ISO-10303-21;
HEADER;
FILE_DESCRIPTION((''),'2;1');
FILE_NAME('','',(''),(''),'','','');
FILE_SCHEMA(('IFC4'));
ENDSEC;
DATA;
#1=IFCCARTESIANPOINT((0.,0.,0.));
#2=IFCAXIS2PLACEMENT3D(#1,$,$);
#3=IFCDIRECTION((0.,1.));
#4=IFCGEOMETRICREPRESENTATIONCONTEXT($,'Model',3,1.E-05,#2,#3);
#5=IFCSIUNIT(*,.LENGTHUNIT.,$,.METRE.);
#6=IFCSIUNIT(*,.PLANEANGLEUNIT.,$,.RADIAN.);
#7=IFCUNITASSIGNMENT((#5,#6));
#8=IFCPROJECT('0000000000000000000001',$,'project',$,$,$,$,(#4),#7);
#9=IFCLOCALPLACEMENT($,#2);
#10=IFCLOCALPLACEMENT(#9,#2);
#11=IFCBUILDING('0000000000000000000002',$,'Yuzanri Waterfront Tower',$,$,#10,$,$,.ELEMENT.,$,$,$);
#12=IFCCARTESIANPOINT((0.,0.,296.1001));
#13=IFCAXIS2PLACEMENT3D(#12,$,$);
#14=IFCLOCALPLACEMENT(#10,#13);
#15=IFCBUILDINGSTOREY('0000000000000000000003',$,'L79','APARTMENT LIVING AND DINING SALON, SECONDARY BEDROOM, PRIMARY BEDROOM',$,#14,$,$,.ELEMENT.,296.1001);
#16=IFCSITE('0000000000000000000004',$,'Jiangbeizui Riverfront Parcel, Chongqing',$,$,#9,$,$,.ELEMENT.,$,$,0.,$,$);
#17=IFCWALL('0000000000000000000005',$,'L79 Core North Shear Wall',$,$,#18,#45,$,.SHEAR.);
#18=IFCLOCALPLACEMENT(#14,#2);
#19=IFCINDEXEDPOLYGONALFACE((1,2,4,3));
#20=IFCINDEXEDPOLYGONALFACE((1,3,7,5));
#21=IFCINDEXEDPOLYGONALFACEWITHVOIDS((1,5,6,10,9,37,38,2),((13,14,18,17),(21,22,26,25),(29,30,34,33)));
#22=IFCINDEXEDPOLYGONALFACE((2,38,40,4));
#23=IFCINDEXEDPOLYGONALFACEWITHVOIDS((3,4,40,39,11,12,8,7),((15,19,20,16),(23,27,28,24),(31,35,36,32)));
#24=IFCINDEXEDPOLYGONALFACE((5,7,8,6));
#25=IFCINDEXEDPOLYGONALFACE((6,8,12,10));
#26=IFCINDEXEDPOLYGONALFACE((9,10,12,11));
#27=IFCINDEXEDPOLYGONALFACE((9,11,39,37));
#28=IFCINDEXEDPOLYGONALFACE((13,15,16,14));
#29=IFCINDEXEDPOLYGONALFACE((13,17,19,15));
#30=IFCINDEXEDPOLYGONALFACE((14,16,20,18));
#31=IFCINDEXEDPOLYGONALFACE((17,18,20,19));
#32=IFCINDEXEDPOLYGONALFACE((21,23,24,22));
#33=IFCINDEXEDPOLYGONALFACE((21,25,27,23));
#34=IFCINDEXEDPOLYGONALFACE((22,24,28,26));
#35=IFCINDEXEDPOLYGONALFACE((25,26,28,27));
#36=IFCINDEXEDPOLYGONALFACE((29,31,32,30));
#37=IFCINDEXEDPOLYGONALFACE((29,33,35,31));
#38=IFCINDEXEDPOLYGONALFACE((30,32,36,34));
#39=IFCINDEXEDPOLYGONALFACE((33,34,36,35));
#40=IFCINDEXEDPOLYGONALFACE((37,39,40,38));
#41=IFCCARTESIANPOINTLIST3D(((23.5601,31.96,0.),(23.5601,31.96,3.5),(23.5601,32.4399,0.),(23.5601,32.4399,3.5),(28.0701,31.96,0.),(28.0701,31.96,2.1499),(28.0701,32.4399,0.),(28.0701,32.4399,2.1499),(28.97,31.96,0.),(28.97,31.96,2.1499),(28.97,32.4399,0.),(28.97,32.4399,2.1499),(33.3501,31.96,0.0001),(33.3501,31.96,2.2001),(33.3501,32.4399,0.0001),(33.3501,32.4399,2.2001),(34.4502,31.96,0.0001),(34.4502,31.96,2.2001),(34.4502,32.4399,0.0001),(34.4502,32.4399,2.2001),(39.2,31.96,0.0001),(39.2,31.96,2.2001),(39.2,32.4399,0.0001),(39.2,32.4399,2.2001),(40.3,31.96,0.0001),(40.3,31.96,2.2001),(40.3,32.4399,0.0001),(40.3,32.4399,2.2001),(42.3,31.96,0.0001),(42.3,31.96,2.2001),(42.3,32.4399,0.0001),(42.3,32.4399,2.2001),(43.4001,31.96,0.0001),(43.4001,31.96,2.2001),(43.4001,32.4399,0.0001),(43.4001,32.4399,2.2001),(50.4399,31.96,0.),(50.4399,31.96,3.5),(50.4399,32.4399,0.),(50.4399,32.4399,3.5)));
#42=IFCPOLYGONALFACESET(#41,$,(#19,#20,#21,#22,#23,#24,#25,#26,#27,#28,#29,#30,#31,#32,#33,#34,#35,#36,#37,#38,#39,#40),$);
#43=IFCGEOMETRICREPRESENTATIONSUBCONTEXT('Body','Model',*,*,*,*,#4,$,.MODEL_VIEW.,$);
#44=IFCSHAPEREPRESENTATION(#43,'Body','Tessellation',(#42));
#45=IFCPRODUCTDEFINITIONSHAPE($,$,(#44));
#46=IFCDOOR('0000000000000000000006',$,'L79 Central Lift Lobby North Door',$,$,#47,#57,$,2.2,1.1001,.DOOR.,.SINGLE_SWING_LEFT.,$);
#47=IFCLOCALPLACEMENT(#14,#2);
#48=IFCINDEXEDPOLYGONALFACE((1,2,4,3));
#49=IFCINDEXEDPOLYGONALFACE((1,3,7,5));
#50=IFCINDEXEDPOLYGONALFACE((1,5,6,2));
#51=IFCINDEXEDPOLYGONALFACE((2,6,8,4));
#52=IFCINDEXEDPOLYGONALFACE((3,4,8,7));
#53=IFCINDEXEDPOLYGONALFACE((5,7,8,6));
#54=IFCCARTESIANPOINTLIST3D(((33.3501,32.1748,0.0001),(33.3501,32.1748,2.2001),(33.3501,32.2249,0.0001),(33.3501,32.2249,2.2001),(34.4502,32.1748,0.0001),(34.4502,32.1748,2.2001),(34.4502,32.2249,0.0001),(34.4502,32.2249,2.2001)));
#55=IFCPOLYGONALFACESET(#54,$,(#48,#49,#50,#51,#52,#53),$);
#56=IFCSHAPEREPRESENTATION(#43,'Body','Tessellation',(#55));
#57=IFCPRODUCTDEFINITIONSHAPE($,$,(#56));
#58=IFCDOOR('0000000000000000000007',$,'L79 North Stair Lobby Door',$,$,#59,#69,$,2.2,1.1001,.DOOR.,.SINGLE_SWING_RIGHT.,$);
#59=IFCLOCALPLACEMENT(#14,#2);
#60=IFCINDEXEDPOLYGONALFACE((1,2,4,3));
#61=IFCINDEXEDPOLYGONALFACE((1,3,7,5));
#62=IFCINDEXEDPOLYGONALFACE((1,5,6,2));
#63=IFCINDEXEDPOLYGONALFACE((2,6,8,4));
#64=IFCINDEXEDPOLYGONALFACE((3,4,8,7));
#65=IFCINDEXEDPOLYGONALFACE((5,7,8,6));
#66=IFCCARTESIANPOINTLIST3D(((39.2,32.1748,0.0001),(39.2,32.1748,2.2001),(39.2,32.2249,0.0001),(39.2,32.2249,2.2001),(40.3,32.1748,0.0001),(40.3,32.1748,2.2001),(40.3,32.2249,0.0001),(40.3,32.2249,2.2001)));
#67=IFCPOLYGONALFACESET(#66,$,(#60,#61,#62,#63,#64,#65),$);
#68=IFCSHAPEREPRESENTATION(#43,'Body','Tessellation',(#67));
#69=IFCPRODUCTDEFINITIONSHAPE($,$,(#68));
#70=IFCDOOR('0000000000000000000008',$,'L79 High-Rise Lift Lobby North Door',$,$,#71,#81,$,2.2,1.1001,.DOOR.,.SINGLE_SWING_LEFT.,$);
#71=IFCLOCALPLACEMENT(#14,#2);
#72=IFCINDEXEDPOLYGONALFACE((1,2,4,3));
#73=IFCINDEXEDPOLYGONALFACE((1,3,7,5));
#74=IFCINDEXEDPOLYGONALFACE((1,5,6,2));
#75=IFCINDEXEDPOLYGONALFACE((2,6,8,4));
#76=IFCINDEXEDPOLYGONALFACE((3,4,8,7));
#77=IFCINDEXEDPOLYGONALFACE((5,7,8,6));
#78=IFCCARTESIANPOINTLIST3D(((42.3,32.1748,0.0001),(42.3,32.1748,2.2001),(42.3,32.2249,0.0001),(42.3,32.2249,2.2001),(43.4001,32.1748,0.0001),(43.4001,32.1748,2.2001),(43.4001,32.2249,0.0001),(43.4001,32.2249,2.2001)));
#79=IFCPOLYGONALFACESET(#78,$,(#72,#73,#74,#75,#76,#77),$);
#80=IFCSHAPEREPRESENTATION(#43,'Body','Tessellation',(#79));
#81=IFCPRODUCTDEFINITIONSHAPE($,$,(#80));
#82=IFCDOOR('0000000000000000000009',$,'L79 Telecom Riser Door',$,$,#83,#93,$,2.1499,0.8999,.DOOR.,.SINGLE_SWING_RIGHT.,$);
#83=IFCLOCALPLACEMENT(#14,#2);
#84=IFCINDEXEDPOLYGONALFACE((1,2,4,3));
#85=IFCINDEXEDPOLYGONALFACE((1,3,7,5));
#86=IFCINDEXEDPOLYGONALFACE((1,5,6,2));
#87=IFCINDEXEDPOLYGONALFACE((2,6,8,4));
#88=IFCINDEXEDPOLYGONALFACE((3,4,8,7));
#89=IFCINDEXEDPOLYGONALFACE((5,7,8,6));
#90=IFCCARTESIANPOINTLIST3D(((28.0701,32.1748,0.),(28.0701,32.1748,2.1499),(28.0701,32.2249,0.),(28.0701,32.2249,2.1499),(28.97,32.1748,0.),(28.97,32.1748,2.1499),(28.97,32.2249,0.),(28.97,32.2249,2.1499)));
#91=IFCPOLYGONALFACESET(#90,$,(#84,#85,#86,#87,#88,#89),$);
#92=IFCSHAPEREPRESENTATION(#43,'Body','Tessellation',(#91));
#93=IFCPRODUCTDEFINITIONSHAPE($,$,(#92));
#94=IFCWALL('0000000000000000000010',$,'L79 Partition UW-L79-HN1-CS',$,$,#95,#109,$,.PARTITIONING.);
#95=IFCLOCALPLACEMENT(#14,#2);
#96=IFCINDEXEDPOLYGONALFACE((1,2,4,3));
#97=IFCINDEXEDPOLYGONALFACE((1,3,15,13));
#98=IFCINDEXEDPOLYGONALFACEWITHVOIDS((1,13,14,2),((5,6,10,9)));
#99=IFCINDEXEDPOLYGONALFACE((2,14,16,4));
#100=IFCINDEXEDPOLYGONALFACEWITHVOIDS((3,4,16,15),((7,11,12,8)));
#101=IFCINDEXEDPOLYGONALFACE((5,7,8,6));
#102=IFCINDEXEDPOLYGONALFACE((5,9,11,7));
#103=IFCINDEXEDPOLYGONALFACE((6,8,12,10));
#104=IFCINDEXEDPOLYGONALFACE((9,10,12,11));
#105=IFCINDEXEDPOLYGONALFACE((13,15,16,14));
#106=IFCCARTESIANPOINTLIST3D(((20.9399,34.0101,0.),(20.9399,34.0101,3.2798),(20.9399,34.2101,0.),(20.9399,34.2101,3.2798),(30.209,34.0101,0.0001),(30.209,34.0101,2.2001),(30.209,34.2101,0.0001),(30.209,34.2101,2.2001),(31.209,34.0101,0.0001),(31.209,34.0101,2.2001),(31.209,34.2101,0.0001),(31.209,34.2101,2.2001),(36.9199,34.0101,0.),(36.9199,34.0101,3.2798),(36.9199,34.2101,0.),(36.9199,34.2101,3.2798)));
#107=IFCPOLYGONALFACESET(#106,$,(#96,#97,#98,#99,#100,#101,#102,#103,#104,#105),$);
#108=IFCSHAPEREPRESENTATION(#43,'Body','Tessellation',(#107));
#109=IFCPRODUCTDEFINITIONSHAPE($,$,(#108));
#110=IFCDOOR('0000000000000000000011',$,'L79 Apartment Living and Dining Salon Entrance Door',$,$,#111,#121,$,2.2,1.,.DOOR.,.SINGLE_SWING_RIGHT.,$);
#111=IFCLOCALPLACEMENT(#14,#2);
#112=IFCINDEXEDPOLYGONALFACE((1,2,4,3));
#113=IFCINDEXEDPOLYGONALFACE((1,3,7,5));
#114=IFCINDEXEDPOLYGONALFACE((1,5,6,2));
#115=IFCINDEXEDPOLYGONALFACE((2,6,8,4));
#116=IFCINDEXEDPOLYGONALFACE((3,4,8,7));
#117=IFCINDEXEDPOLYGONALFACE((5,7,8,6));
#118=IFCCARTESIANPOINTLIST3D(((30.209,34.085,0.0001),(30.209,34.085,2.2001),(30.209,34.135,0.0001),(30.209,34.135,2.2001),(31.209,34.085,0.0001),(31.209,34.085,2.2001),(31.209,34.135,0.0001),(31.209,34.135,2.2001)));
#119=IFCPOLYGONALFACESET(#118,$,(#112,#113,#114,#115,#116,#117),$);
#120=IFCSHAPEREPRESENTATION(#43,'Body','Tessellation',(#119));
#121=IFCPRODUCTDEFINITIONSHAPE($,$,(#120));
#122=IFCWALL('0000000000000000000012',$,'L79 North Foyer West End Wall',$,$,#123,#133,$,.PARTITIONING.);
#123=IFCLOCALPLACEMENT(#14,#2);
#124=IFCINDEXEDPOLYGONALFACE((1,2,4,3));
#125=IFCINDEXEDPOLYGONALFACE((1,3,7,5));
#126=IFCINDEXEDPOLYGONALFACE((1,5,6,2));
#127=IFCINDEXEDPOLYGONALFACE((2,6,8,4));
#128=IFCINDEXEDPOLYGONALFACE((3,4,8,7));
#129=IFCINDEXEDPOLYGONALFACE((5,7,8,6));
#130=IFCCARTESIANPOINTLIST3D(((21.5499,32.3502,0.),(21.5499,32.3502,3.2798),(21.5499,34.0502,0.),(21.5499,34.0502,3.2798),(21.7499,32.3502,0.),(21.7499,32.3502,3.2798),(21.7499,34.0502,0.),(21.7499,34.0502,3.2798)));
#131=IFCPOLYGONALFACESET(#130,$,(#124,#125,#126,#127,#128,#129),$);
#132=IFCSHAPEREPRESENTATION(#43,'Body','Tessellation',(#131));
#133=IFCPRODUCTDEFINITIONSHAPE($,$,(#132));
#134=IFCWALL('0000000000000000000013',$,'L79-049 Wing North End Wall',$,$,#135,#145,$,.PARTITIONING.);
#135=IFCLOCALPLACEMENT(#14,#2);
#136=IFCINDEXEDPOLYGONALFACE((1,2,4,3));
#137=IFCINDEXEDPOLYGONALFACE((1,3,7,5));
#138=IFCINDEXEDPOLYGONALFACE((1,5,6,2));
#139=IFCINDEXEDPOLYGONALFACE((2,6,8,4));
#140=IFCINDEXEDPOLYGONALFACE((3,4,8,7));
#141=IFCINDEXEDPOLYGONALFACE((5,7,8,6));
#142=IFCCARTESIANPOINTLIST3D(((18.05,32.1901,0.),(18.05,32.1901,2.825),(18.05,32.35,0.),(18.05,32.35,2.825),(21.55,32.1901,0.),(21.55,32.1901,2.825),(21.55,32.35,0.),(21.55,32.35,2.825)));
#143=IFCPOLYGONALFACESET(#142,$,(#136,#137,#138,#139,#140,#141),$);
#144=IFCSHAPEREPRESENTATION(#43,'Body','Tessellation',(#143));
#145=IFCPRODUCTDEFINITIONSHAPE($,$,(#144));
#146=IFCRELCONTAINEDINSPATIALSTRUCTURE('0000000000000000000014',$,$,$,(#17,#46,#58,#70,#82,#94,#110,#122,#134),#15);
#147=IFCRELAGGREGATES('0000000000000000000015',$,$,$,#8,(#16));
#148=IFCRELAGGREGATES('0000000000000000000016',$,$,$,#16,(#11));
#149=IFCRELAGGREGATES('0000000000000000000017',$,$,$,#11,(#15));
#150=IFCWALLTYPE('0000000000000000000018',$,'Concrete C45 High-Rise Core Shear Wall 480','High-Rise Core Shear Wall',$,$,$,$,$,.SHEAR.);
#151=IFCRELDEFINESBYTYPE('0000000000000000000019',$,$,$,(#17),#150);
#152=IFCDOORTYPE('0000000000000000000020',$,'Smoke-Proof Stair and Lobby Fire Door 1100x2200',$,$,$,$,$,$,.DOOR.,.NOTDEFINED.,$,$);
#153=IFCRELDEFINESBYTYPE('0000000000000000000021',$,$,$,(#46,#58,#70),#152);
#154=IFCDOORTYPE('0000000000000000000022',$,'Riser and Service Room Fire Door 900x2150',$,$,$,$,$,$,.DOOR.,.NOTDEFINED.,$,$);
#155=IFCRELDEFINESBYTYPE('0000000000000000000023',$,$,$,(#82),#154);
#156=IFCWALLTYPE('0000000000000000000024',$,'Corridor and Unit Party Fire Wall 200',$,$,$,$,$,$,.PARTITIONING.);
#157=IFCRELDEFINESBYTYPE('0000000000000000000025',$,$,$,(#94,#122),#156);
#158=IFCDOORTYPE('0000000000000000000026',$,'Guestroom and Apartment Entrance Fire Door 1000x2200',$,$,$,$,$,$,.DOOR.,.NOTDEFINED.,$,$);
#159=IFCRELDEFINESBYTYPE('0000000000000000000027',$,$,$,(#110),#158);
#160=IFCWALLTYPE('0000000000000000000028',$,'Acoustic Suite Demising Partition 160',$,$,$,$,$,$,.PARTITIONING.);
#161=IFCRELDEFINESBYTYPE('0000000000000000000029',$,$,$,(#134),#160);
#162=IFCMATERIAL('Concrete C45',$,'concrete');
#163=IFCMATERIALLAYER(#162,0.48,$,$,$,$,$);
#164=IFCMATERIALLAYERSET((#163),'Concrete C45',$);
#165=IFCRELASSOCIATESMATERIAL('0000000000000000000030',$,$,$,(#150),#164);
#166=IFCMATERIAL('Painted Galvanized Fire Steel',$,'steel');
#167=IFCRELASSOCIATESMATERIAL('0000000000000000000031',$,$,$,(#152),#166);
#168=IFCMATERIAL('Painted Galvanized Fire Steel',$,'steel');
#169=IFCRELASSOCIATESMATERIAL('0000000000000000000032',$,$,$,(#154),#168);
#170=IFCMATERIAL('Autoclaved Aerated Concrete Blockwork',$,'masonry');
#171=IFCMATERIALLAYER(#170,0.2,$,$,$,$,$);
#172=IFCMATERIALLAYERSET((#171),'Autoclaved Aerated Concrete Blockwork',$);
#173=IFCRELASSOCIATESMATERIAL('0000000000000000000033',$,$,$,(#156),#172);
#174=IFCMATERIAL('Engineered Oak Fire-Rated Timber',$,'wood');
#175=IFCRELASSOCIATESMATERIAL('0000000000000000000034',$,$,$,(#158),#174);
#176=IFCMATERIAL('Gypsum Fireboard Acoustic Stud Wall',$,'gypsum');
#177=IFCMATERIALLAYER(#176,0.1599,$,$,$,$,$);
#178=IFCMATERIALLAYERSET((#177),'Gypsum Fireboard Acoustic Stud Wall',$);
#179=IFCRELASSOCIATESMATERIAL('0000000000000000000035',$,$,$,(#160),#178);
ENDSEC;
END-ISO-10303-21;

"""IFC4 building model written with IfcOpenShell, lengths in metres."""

from ifc_helpers import new_model, si_unit, direction, frame, frame_2d, origin, place, context, subcontext, project, spatial, rectangle, extrude, source, transform, mapped, material, layer, layer_set, type_object, element, fill, save


model = new_model("IFC4")

# Units and contexts
model_context = context("Model", 3, precision=1e-05, world=origin(), true_north=direction((0.0, 1.0)))
body_context = subcontext(model_context, "Body", "Model", "MODEL_VIEW")
ifc_project = project(units=[si_unit("LENGTHUNIT", "METRE"), si_unit("PLANEANGLEUNIT", "RADIAN")], contexts=[model_context])

# Site, building, storey
site_placement = place(None, origin())
site = spatial("IfcSite", under=ifc_project, at=site_placement, Name="Jiangbeizui Riverfront Parcel, Chongqing", CompositionType="ELEMENT", RefElevation=0.0)
building_placement = place(site_placement, origin())
building = spatial("IfcBuilding", under=site, at=building_placement, Name="Yuzanri Waterfront Tower", CompositionType="ELEMENT")
storey_placement = place(building_placement, frame((0.0, 0.0, 296.1001)))
storey = spatial("IfcBuildingStorey", under=building, at=storey_placement, Name="L79", Description="APARTMENT LIVING AND DINING SALON, SECONDARY BEDROOM, PRIMARY BEDROOM", CompositionType="ELEMENT", Elevation=296.1001)

# Wall, openings, doors
ifc_material_1 = material(Name="Concrete C45", Category="concrete")
ifc_layer_1 = layer(ifc_material_1, 0.48)
ifc_layer_set_1 = layer_set([ifc_layer_1], Name="Concrete C45")
wall_type_1 = type_object("IfcWallType", Name="Concrete C45 High-Rise Core Shear Wall 480", Description="High-Rise Core Shear Wall", PredefinedType="SHEAR", material=ifc_layer_set_1)
wall_1_placement = place(storey_placement, frame((23.5601, 32.2, 0.0), z_axis=(0.0, 0.0, 1.0), x_axis=(1.0, 0.0, 0.0)))
wall_1 = element("IfcWall", 1, at=wall_1_placement, inside=storey, type_object=wall_type_1, Name="L79 Core North Shear Wall", PredefinedType="SHEAR", context=body_context, shape_type="SweptSolid", body=[
    extrude(rectangle(XDim=26.8799, YDim=0.48, at=frame_2d((13.4399, 0.0))), origin(), (0.0, 0.0, 1.0), 3.5),
])
opening_1_placement = place(wall_1_placement, frame((4.51, 0.0, 0.0)))
opening_1 = element("IfcOpeningElement", 2, at=opening_1_placement, cuts=wall_1, PredefinedType="OPENING", context=body_context, shape_type="SweptSolid", body=[
    extrude(rectangle(XDim=0.8999, YDim=2.1499, at=frame_2d((0.45, 1.075))), frame((0.0, 0.2549, 0.0), z_axis=(0.0, -1.0, 0.0), x_axis=(1.0, 0.0, 0.0)), (0.0, 0.0, 1.0), 0.5098),
])
opening_2_placement = place(wall_1_placement, frame((9.79, 0.0, 0.0)))
opening_2 = element("IfcOpeningElement", 3, at=opening_2_placement, cuts=wall_1, PredefinedType="OPENING", context=body_context, shape_type="SweptSolid", body=[
    extrude(rectangle(XDim=1.1001, YDim=2.2, at=frame_2d((0.55, 1.1001))), frame((0.0, 0.2549, 0.0), z_axis=(0.0, -1.0, 0.0), x_axis=(1.0, 0.0, 0.0)), (0.0, 0.0, 1.0), 0.5098),
])
opening_3_placement = place(wall_1_placement, frame((15.6399, 0.0, 0.0)))
opening_3 = element("IfcOpeningElement", 4, at=opening_3_placement, cuts=wall_1, PredefinedType="OPENING", context=body_context, shape_type="SweptSolid", body=[
    extrude(rectangle(XDim=1.1001, YDim=2.2, at=frame_2d((0.55, 1.1001))), frame((0.0, 0.2549, 0.0), z_axis=(0.0, -1.0, 0.0), x_axis=(1.0, 0.0, 0.0)), (0.0, 0.0, 1.0), 0.5098),
])
opening_4_placement = place(wall_1_placement, frame((18.74, 0.0, 0.0)))
opening_4 = element("IfcOpeningElement", 5, at=opening_4_placement, cuts=wall_1, PredefinedType="OPENING", context=body_context, shape_type="SweptSolid", body=[
    extrude(rectangle(XDim=1.1001, YDim=2.2, at=frame_2d((0.55, 1.1001))), frame((0.0, 0.2549, 0.0), z_axis=(0.0, -1.0, 0.0), x_axis=(1.0, 0.0, 0.0)), (0.0, 0.0, 1.0), 0.5098),
])
ifc_material_2 = material(Name="Painted Galvanized Fire Steel", Category="steel")
door_type_1 = type_object("IfcDoorType", Name="Smoke-Proof Stair and Lobby Fire Door 1100x2200", OperationType="NOTDEFINED", PredefinedType="DOOR", material=ifc_material_2)
shared_shape_1 = source(origin(), body_context, "Body", "SweptSolid", [
    extrude(rectangle(XDim=1.1001, YDim=2.2, at=frame_2d((0.55, 1.1001))), frame((0.0, 0.0249, 0.0), z_axis=(0.0, -1.0, 0.0), x_axis=(1.0, 0.0, 0.0)), (0.0, 0.0, 1.0), 0.05),
])
door_1_placement = place(opening_2_placement, origin())
door_1 = element("IfcDoor", 6, at=door_1_placement, inside=storey, type_object=door_type_1, Name="L79 Central Lift Lobby North Door", OperationType="SINGLE_SWING_LEFT", OverallHeight=2.2, OverallWidth=1.1001, PredefinedType="DOOR", context=body_context, shape_type="MappedRepresentation", body=[
    mapped(shared_shape_1, transform((0.0, 0.0, 0.0), scale=1.0)),
])
fill(opening_2, door_1)
door_2_placement = place(opening_3_placement, origin())
door_2 = element("IfcDoor", 7, at=door_2_placement, inside=storey, type_object=door_type_1, Name="L79 North Stair Lobby Door", OperationType="SINGLE_SWING_RIGHT", OverallHeight=2.2, OverallWidth=1.1001, PredefinedType="DOOR", context=body_context, shape_type="MappedRepresentation", body=[
    mapped(shared_shape_1, transform((0.0, 0.0, 0.0), scale=1.0)),
])
fill(opening_3, door_2)
door_3_placement = place(opening_4_placement, origin())
door_3 = element("IfcDoor", 8, at=door_3_placement, inside=storey, type_object=door_type_1, Name="L79 High-Rise Lift Lobby North Door", OperationType="SINGLE_SWING_LEFT", OverallHeight=2.2, OverallWidth=1.1001, PredefinedType="DOOR", context=body_context, shape_type="MappedRepresentation", body=[
    mapped(shared_shape_1, transform((0.0, 0.0, 0.0), scale=1.0)),
])
fill(opening_4, door_3)
ifc_material_3 = material(Name="Painted Galvanized Fire Steel", Category="steel")
door_type_2 = type_object("IfcDoorType", Name="Riser and Service Room Fire Door 900x2150", OperationType="NOTDEFINED", PredefinedType="DOOR", material=ifc_material_3)
shared_shape_2 = source(origin(), body_context, "Body", "SweptSolid", [
    extrude(rectangle(XDim=0.8999, YDim=2.1499, at=frame_2d((0.45, 1.075))), frame((0.0, 0.0249, 0.0), z_axis=(0.0, -1.0, 0.0), x_axis=(1.0, 0.0, 0.0)), (0.0, 0.0, 1.0), 0.05),
])
door_4_placement = place(opening_1_placement, origin())
door_4 = element("IfcDoor", 9, at=door_4_placement, inside=storey, type_object=door_type_2, Name="L79 Telecom Riser Door", OperationType="SINGLE_SWING_RIGHT", OverallHeight=2.1499, OverallWidth=0.8999, PredefinedType="DOOR", context=body_context, shape_type="MappedRepresentation", body=[
    mapped(shared_shape_2, transform((0.0, 0.0, 0.0), scale=1.0)),
])
fill(opening_1, door_4)

# Wall, opening, door
ifc_material_4 = material(Name="Autoclaved Aerated Concrete Blockwork", Category="masonry")
ifc_layer_2 = layer(ifc_material_4, 0.2)
ifc_layer_set_2 = layer_set([ifc_layer_2], Name="Autoclaved Aerated Concrete Blockwork")
wall_type_2 = type_object("IfcWallType", Name="Corridor and Unit Party Fire Wall 200", PredefinedType="PARTITIONING", material=ifc_layer_set_2)
wall_2_placement = place(storey_placement, frame((20.9399, 34.1101, 0.0), z_axis=(0.0, 0.0, 1.0), x_axis=(1.0, 0.0, 0.0)))
wall_2 = element("IfcWall", 10, at=wall_2_placement, inside=storey, type_object=wall_type_2, Name="L79 Partition UW-L79-HN1-CS", PredefinedType="PARTITIONING", context=body_context, shape_type="SweptSolid", body=[
    extrude(rectangle(XDim=15.98, YDim=0.2, at=frame_2d((7.99, 0.0))), origin(), (0.0, 0.0, 1.0), 3.2798),
])
opening_5_placement = place(wall_2_placement, frame((9.269, 0.0, 0.0)))
opening_5 = element("IfcOpeningElement", 11, at=opening_5_placement, cuts=wall_2, PredefinedType="OPENING", context=body_context, shape_type="SweptSolid", body=[
    extrude(rectangle(XDim=1.0, YDim=2.2, at=frame_2d((0.5, 1.1001))), frame((0.0, 0.1147, 0.0), z_axis=(0.0, -1.0, 0.0), x_axis=(1.0, 0.0, 0.0)), (0.0, 0.0, 1.0), 0.2297),
])
ifc_material_5 = material(Name="Engineered Oak Fire-Rated Timber", Category="wood")
door_type_3 = type_object("IfcDoorType", Name="Guestroom and Apartment Entrance Fire Door 1000x2200", OperationType="NOTDEFINED", PredefinedType="DOOR", material=ifc_material_5)
shared_shape_3 = source(origin(), body_context, "Body", "SweptSolid", [
    extrude(rectangle(XDim=1.0, YDim=2.2, at=frame_2d((0.5, 1.1001))), frame((0.0, 0.0249, 0.0), z_axis=(0.0, -1.0, 0.0), x_axis=(1.0, 0.0, 0.0)), (0.0, 0.0, 1.0), 0.05),
])
door_5_placement = place(opening_5_placement, origin())
door_5 = element("IfcDoor", 12, at=door_5_placement, inside=storey, type_object=door_type_3, Name="L79 Apartment Living and Dining Salon Entrance Door", OperationType="SINGLE_SWING_RIGHT", OverallHeight=2.2, OverallWidth=1.0, PredefinedType="DOOR", context=body_context, shape_type="MappedRepresentation", body=[
    mapped(shared_shape_3, transform((0.0, 0.0, 0.0), scale=1.0)),
])
fill(opening_5, door_5)

# Walls
shared_shape_4 = source(origin(), body_context, "Body", "SweptSolid", [
    extrude(rectangle(XDim=1.7, YDim=0.2, at=frame_2d((0.8501, 0.0))), origin(), (0.0, 0.0, 1.0), 3.2798),
])
wall_3_placement = place(storey_placement, frame((21.6499, 32.3501, 0.0), z_axis=(0.0, 0.0, 1.0), x_axis=(0.0, 1.0, 0.0)))
element("IfcWall", 13, at=wall_3_placement, inside=storey, type_object=wall_type_2, Name="L79 North Foyer West End Wall", PredefinedType="PARTITIONING", context=body_context, shape_type="MappedRepresentation", body=[
    mapped(shared_shape_4, transform((0.0, 0.0, 0.0), scale=1.0)),
])
ifc_material_6 = material(Name="Gypsum Fireboard Acoustic Stud Wall", Category="gypsum")
ifc_layer_3 = layer(ifc_material_6, 0.1599)
ifc_layer_set_3 = layer_set([ifc_layer_3], Name="Gypsum Fireboard Acoustic Stud Wall")
wall_type_3 = type_object("IfcWallType", Name="Acoustic Suite Demising Partition 160", PredefinedType="PARTITIONING", material=ifc_layer_set_3)
shared_shape_5 = source(origin(), body_context, "Body", "SweptSolid", [
    extrude(rectangle(XDim=3.5, YDim=0.1599, at=frame_2d((1.75, 0.0))), origin(), (0.0, 0.0, 1.0), 2.825),
])
wall_4_placement = place(storey_placement, frame((18.05, 32.27, 0.0), z_axis=(0.0, 0.0, 1.0), x_axis=(1.0, 0.0, 0.0)))
element("IfcWall", 14, at=wall_4_placement, inside=storey, type_object=wall_type_3, Name="L79-049 Wing North End Wall", PredefinedType="PARTITIONING", context=body_context, shape_type="MappedRepresentation", body=[
    mapped(shared_shape_5, transform((0.0, 0.0, 0.0), scale=1.0)),
])

save(model, "model.ifc")
